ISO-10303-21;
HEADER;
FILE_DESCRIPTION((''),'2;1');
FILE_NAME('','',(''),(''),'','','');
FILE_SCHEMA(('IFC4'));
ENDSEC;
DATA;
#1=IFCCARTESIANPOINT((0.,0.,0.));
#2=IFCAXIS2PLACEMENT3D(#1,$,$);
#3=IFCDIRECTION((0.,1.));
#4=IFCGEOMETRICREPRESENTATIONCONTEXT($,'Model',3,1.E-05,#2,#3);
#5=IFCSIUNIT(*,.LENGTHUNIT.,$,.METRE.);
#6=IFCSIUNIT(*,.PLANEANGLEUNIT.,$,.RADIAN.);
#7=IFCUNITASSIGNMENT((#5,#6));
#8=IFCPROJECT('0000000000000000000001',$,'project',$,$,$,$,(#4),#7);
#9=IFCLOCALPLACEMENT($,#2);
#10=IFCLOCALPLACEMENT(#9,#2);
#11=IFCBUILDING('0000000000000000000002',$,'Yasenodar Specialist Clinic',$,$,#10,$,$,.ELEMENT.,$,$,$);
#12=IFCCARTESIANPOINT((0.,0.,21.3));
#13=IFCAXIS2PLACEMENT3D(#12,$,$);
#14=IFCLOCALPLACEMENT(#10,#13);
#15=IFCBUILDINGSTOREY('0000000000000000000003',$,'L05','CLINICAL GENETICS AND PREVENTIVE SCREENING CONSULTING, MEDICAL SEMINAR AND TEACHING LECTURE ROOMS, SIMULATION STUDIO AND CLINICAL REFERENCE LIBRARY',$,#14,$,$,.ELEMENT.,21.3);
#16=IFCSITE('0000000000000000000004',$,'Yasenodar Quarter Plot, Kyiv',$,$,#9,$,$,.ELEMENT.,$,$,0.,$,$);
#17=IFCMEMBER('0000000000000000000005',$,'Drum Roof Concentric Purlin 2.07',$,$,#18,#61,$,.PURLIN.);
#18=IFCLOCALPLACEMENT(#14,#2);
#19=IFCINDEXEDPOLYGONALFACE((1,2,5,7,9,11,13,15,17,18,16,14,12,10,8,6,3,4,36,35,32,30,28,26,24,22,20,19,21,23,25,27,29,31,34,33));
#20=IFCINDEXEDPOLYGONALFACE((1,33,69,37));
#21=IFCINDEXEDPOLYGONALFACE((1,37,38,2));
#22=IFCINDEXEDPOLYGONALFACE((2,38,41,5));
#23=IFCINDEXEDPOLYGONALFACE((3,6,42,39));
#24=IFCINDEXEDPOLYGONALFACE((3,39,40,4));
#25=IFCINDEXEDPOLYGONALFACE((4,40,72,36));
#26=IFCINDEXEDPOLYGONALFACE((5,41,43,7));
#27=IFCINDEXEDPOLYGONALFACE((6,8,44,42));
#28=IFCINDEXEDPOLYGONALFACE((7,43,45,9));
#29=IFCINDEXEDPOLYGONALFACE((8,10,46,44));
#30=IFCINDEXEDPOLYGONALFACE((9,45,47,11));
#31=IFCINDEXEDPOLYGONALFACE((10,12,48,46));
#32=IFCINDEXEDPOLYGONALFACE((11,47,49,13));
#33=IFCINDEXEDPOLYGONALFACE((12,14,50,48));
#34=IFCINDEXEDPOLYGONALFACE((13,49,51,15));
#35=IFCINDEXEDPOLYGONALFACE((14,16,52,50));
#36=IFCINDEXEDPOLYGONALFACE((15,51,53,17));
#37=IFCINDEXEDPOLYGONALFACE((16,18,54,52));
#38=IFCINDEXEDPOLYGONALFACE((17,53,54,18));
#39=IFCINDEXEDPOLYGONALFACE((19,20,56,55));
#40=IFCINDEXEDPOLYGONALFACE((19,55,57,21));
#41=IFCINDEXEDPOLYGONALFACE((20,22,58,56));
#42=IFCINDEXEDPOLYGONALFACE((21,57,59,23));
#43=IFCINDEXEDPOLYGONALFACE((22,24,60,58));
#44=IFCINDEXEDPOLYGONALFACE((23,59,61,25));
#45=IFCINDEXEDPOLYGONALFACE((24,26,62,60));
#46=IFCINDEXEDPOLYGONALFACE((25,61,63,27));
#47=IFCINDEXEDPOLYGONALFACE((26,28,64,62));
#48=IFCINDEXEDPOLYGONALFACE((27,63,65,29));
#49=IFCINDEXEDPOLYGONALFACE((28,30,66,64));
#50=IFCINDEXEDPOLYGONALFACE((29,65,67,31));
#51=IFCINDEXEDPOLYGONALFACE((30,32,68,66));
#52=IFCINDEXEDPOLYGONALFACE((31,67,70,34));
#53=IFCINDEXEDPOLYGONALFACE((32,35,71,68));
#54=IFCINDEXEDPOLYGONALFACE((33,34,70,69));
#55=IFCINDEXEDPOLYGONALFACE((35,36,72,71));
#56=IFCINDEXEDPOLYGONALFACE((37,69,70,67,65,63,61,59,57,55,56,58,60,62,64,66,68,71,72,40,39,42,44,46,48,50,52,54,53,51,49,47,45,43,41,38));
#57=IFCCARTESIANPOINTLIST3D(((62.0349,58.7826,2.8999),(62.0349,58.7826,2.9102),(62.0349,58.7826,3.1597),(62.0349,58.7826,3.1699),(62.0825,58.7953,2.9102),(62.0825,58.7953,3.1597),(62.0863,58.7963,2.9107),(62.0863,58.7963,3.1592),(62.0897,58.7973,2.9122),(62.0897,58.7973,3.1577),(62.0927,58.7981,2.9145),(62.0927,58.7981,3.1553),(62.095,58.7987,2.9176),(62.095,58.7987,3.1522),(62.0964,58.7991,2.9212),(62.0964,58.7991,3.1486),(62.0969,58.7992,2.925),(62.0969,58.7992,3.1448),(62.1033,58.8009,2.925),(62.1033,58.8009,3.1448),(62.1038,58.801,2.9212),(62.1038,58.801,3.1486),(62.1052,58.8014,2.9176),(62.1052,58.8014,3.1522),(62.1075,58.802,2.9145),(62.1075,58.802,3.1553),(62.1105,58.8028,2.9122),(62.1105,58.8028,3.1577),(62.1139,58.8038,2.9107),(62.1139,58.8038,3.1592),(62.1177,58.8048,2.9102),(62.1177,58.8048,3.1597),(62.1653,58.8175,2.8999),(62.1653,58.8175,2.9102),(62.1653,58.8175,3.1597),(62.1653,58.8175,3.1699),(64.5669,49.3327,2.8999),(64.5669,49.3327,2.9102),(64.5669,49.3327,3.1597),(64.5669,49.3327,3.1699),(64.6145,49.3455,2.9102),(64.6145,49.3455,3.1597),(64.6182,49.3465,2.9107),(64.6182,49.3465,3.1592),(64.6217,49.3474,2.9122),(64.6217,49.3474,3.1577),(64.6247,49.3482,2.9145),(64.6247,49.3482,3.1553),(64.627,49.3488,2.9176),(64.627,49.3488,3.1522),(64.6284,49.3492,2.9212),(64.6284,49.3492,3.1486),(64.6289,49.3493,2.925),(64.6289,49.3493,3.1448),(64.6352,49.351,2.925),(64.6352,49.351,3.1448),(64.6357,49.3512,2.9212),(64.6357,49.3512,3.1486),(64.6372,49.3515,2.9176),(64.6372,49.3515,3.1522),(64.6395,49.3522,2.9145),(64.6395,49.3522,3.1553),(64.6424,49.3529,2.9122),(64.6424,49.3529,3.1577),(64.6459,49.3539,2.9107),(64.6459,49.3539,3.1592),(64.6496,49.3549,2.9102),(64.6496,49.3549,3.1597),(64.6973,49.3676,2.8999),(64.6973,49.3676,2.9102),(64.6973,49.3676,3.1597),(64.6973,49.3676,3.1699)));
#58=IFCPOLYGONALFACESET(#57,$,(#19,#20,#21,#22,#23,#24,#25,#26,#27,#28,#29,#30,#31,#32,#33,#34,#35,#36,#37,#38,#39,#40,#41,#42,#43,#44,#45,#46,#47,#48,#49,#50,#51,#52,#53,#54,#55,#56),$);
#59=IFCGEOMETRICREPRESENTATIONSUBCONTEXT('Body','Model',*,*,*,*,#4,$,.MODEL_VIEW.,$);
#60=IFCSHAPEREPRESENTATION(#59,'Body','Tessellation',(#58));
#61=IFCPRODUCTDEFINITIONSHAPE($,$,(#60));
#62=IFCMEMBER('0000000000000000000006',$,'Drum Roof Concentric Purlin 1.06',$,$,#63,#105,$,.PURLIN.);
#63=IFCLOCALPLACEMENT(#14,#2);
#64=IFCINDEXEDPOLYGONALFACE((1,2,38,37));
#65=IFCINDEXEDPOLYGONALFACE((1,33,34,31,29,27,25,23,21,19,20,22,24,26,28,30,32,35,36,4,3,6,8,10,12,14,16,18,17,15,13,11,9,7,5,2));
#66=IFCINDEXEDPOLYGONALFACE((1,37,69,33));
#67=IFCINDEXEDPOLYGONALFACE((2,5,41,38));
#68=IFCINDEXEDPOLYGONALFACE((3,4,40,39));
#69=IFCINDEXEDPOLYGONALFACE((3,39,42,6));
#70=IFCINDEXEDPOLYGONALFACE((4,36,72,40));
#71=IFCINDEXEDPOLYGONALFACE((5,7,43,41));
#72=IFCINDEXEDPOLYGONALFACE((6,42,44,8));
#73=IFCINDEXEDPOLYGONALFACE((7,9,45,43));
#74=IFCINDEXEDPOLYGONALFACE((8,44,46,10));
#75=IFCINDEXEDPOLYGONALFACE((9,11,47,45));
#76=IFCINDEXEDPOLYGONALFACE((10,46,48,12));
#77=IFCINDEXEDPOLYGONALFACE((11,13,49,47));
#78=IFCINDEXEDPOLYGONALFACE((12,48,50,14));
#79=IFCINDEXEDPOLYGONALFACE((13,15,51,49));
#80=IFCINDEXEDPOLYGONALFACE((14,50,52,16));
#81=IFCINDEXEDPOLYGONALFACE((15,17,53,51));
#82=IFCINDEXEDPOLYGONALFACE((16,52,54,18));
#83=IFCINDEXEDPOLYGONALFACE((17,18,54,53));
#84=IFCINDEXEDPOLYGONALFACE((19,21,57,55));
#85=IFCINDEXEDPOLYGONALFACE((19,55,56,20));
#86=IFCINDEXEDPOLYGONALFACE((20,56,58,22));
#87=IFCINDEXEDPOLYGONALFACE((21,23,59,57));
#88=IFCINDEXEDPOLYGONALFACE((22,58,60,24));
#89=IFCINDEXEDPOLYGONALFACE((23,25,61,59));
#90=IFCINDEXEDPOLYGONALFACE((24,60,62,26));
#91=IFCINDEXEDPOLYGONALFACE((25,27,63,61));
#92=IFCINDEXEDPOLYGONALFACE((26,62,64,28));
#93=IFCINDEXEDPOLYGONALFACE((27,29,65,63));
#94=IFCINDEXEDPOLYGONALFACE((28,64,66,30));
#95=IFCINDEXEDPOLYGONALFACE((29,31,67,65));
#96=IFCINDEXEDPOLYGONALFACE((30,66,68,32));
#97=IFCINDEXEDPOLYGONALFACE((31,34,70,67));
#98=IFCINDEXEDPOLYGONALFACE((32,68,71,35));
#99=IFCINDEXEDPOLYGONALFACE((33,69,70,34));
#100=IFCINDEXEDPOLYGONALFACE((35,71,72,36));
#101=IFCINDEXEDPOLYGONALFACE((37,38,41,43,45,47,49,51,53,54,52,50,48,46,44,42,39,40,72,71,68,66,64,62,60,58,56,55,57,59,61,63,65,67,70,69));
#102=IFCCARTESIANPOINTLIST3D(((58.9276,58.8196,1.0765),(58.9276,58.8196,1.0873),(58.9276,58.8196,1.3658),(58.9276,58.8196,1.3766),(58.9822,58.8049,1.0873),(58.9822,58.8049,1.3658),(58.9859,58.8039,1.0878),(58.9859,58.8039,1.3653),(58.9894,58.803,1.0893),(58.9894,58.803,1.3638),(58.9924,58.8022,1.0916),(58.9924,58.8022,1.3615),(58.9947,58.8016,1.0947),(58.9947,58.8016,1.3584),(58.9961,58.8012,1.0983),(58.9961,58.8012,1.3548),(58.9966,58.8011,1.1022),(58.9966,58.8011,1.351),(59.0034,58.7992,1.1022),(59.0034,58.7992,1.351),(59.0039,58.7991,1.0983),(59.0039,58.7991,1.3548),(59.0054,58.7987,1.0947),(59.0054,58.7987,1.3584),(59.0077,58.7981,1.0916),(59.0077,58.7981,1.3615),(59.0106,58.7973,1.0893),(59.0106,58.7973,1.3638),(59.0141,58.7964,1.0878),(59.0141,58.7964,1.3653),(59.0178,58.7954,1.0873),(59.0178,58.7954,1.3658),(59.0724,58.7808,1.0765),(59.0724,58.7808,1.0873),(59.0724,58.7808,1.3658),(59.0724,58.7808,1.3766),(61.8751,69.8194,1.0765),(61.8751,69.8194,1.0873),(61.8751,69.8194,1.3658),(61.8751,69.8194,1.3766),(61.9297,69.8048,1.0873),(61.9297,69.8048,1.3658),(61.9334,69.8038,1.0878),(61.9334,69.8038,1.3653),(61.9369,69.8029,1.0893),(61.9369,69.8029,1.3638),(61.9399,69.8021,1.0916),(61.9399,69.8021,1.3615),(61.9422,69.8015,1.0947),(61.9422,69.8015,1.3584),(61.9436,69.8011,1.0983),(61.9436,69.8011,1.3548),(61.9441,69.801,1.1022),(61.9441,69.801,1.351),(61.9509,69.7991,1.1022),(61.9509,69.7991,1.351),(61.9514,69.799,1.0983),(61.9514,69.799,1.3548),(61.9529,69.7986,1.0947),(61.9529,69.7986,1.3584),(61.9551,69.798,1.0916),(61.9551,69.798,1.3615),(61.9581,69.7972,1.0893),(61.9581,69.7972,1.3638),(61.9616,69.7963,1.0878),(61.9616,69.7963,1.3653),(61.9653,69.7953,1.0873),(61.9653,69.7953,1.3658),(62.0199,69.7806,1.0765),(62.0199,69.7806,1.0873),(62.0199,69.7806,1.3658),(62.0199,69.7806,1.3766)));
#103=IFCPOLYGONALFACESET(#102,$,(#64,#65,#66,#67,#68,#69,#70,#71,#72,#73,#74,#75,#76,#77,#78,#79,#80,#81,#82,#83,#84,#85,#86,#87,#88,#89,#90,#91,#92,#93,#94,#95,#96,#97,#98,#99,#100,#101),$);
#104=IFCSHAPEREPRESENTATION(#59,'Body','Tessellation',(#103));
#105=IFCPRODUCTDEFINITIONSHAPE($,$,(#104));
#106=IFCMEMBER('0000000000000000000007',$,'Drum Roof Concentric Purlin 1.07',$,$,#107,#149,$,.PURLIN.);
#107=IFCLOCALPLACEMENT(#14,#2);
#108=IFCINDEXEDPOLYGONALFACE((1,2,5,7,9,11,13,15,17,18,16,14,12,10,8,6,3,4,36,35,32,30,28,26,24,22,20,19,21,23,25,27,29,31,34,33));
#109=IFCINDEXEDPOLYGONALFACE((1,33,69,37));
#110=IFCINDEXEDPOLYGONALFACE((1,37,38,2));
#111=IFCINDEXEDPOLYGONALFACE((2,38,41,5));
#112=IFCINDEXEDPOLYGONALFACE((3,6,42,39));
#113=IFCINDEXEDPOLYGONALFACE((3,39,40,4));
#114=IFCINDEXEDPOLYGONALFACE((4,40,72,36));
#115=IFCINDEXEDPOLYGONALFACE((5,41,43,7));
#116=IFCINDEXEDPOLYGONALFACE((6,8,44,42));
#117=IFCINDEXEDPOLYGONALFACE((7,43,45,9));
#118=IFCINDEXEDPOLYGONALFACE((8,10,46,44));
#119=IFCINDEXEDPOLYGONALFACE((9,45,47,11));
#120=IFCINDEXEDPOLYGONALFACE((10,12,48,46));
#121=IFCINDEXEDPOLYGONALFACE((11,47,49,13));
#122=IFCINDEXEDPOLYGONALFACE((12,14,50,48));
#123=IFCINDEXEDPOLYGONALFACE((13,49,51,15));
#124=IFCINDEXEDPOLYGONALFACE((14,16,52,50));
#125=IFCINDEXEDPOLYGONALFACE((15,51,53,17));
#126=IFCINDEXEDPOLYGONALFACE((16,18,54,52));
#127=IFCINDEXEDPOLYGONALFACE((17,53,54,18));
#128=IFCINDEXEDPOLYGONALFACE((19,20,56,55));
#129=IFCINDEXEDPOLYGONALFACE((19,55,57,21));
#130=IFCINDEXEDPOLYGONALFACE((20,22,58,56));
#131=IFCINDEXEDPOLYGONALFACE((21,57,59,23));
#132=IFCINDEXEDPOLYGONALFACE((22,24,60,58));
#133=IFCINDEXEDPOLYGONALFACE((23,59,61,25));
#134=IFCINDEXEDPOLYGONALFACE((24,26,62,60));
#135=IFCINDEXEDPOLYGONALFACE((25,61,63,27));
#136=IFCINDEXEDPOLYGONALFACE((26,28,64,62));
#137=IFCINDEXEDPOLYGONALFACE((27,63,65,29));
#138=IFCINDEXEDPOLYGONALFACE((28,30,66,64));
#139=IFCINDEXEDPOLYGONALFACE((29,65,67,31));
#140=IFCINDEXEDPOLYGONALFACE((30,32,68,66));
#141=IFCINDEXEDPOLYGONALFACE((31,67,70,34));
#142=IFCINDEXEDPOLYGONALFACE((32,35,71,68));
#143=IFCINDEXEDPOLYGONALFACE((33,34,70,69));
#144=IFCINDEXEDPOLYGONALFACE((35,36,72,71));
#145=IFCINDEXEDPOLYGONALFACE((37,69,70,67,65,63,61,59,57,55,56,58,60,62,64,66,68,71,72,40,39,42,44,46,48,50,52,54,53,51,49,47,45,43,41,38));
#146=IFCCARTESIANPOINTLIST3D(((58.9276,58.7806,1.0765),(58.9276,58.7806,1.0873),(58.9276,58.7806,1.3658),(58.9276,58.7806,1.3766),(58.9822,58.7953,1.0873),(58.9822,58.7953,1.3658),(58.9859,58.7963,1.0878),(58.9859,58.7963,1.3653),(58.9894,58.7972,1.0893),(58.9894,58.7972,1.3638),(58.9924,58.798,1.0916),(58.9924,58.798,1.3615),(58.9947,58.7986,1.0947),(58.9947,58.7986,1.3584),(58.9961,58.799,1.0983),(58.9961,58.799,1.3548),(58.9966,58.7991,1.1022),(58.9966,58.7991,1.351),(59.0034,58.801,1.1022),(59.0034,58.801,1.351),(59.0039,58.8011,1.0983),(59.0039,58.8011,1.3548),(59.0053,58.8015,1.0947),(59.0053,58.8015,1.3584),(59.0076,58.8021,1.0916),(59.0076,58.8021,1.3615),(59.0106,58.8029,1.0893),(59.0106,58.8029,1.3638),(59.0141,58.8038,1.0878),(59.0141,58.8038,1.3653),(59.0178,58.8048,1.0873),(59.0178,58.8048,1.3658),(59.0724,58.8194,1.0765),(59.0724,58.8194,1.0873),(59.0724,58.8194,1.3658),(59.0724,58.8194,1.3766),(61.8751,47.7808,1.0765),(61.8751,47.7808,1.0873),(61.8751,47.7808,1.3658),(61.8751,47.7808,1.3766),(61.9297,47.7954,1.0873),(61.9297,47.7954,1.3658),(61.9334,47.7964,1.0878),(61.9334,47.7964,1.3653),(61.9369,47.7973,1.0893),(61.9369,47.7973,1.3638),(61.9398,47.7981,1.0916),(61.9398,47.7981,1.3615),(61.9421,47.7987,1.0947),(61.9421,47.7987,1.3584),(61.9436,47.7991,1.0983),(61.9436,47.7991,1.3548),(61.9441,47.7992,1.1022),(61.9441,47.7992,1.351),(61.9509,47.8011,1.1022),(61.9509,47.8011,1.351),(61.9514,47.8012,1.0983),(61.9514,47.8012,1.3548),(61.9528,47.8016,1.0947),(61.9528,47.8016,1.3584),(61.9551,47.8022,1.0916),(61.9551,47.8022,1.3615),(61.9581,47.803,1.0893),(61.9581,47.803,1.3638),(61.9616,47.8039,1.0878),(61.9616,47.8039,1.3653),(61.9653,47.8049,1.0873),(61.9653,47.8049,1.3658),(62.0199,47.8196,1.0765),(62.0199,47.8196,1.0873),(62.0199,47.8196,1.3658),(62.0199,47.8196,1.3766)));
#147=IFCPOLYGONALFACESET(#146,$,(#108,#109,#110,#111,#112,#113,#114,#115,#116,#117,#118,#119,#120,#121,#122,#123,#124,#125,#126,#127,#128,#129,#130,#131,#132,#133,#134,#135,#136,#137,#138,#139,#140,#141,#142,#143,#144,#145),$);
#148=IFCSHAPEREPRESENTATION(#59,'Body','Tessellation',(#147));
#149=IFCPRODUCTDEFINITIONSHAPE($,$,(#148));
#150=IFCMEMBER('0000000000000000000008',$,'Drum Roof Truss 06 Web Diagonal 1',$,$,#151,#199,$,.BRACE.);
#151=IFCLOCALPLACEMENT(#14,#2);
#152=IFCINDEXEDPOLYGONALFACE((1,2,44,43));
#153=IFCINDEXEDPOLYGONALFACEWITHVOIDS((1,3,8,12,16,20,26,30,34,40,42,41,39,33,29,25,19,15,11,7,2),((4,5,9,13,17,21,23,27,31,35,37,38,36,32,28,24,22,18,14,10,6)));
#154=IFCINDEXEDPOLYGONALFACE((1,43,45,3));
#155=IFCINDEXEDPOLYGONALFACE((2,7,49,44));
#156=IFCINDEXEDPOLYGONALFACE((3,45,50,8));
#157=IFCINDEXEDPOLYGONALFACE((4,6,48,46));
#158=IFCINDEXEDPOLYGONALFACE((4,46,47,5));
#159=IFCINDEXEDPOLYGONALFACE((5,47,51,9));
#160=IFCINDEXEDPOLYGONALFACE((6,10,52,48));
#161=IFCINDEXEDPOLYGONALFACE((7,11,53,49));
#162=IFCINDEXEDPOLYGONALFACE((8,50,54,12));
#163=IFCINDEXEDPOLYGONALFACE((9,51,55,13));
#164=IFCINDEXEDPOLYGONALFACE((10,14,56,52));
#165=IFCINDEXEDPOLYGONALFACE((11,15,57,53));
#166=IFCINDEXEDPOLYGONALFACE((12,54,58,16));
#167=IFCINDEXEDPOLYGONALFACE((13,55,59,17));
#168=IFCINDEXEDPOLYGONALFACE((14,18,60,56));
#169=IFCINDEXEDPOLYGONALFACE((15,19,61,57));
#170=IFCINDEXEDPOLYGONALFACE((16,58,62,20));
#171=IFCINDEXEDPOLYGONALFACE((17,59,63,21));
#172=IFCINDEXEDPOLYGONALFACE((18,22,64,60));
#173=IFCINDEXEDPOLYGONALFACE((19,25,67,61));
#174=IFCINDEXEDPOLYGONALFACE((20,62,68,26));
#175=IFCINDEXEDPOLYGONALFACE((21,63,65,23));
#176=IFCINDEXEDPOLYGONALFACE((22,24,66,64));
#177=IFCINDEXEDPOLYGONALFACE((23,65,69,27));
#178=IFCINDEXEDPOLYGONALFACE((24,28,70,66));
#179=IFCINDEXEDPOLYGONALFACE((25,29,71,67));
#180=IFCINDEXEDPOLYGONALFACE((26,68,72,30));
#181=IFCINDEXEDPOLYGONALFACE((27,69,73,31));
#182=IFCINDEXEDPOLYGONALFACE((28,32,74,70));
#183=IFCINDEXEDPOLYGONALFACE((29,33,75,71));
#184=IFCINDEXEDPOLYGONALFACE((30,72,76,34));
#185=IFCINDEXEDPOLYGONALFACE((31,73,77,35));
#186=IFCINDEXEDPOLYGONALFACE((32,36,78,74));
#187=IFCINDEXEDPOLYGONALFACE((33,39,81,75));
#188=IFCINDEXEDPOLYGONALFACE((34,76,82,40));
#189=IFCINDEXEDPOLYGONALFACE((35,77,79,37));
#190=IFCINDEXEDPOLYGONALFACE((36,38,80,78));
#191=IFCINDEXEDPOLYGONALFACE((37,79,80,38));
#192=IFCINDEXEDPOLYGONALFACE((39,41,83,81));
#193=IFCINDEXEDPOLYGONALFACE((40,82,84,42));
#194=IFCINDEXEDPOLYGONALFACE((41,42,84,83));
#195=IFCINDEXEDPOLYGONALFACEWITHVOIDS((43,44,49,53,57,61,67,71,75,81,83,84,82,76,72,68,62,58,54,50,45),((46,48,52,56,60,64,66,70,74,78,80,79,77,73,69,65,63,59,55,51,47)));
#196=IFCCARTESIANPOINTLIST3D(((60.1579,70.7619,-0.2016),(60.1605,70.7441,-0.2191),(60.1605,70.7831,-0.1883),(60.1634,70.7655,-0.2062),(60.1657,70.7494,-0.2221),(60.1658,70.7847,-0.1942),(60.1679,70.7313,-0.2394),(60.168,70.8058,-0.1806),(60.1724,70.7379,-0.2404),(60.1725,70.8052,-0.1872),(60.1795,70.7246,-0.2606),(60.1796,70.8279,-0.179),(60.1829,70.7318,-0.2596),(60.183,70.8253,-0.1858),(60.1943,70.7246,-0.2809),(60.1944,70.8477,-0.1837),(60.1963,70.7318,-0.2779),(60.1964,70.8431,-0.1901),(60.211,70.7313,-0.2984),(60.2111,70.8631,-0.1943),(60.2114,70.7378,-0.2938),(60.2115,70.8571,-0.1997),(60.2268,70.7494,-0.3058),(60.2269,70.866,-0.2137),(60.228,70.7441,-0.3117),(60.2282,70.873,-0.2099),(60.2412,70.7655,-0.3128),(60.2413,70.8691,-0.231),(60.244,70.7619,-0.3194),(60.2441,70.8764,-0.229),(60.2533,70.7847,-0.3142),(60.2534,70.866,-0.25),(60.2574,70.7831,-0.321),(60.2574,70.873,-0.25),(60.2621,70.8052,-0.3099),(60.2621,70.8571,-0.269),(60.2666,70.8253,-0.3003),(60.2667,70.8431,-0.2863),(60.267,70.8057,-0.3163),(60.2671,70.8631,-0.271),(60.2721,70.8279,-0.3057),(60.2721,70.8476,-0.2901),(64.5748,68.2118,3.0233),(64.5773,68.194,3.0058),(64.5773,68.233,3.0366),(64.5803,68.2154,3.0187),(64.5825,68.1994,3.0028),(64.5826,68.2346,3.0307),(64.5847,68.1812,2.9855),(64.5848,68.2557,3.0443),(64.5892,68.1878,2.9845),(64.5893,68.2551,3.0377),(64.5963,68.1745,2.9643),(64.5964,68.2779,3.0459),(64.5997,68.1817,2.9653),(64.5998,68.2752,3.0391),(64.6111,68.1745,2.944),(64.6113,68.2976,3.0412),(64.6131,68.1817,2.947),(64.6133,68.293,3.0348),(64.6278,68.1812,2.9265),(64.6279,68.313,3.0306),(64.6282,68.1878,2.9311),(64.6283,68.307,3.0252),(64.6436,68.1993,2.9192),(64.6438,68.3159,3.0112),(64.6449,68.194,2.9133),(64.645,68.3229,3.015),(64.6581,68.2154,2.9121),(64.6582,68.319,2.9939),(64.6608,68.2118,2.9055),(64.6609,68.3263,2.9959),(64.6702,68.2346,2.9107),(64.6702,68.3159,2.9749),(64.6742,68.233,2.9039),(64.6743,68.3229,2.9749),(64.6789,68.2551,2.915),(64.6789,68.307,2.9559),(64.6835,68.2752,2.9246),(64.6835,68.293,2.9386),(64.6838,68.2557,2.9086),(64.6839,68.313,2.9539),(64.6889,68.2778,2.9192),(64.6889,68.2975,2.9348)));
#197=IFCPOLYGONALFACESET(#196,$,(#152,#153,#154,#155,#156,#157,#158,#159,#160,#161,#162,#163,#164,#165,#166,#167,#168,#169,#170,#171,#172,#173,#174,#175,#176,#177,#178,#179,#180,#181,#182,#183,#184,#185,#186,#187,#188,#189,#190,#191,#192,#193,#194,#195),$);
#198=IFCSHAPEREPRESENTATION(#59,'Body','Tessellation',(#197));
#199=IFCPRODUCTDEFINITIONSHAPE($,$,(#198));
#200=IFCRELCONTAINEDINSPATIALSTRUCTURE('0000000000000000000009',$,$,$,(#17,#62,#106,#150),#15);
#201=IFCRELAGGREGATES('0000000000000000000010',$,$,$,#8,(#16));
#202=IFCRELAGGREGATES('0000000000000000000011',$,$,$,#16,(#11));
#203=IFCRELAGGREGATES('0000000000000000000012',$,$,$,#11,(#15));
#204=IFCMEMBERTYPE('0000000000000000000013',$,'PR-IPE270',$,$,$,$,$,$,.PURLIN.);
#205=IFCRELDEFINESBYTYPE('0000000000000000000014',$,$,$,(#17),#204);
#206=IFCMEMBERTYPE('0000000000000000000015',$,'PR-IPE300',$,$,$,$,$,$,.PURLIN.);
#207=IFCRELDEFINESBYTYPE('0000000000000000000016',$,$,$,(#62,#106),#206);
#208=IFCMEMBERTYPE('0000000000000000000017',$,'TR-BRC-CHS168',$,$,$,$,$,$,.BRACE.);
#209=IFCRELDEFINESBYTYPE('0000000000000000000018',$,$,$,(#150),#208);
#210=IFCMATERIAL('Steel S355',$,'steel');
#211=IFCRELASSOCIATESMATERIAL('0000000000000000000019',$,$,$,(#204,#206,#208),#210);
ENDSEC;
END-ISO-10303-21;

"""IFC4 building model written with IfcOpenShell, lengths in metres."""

from ifc_helpers import new_model, si_unit, direction, frame, origin, origin_2d, place, context, subcontext, project, spatial, hollow_circle, i_section, extrude, material, material_profile, profile_set, type_object, element, save


model = new_model("IFC4")

# Units and contexts
model_context = context("Model", 3, precision=1e-05, world=origin(), true_north=direction((0.0, 1.0)))
body_context = subcontext(model_context, "Body", "Model", "MODEL_VIEW")
ifc_project = project(units=[si_unit("LENGTHUNIT", "METRE"), si_unit("PLANEANGLEUNIT", "RADIAN")], contexts=[model_context])

# Site, building, storey
site_placement = place(None, origin())
site = spatial("IfcSite", under=ifc_project, at=site_placement, Name="Yasenodar Quarter Plot, Kyiv", CompositionType="ELEMENT", RefElevation=0.0)
building_placement = place(site_placement, origin())
building = spatial("IfcBuilding", under=site, at=building_placement, Name="Yasenodar Specialist Clinic", CompositionType="ELEMENT")
storey_placement = place(building_placement, frame((0.0, 0.0, 21.3)))
storey = spatial("IfcBuildingStorey", under=building, at=storey_placement, Name="L05", Description="CLINICAL GENETICS AND PREVENTIVE SCREENING CONSULTING, MEDICAL SEMINAR AND TEACHING LECTURE ROOMS, SIMULATION STUDIO AND CLINICAL REFERENCE LIBRARY", CompositionType="ELEMENT", Elevation=21.3)

# Shared definitions
ifc_material_1 = material(Name="Steel S355", Category="steel")

# Members
ifc_material_profile_1 = material_profile(ifc_material_1, i_section(OverallWidth=0.135, OverallDepth=0.27, WebThickness=0.0066, FlangeThickness=0.0103, FilletRadius=0.0149, at=origin_2d()), Name="IPE 270")
ifc_profile_set_1 = profile_set([ifc_material_profile_1], Name="Steel S355")
member_type_1 = type_object("IfcMemberType", Name="PR-IPE270", PredefinedType="PURLIN", material=ifc_profile_set_1)
for number, where, z_axis, x_axis, name in (
    (1, (62.1001, 58.8, 3.0349), (0.258807, -0.965929, 0.0), (0.965929, 0.258807, 0.0), "Drum Roof Concentric Purlin 2.07"),
):
    element("IfcMember", number, at=place(storey_placement, frame(where, z_axis=z_axis, x_axis=x_axis)), inside=storey, type_object=member_type_1, Name=name, PredefinedType="PURLIN", context=body_context, shape_type="SweptSolid", body=[
        extrude(i_section(OverallWidth=0.135, OverallDepth=0.27, WebThickness=0.0066, FlangeThickness=0.0103, FilletRadius=0.0149, at=origin_2d()), origin(), (0.0, 0.0, 1.0), 9.7832),
    ])
ifc_material_profile_2 = material_profile(ifc_material_1, i_section(OverallWidth=0.1499, OverallDepth=0.3, WebThickness=0.0071, FlangeThickness=0.0107, FilletRadius=0.0149, at=origin_2d()), Name="IPE 300")
ifc_profile_set_2 = profile_set([ifc_material_profile_2], Name="Steel S355")
member_type_2 = type_object("IfcMemberType", Name="PR-IPE300", PredefinedType="PURLIN", material=ifc_profile_set_2)
for number, where, z_axis, x_axis, name in (
    (2, (61.9475, 69.8, 1.2266), (-0.258825, -0.965924, 0.0), (0.965924, -0.258825, 0.0), "Drum Roof Concentric Purlin 1.06"),
    (3, (59.0, 58.8, 1.2266), (0.258825, -0.965924, 0.0), (0.965924, 0.258825, 0.0), "Drum Roof Concentric Purlin 1.07"),
):
    element("IfcMember", number, at=place(storey_placement, frame(where, z_axis=z_axis, x_axis=x_axis)), inside=storey, type_object=member_type_2, Name=name, PredefinedType="PURLIN", context=body_context, shape_type="SweptSolid", body=[
        extrude(i_section(OverallWidth=0.1499, OverallDepth=0.3, WebThickness=0.0071, FlangeThickness=0.0107, FilletRadius=0.0149, at=origin_2d()), origin(), (0.0, 0.0, 1.0), 11.3879),
    ])
ifc_material_profile_3 = material_profile(ifc_material_1, hollow_circle(Radius=0.0842, WallThickness=0.0081, at=origin_2d()), Name="CHS 168.3x8")
ifc_profile_set_3 = profile_set([ifc_material_profile_3], Name="Steel S355")
member_type_3 = type_object("IfcMemberType", Name="TR-BRC-CHS168", PredefinedType="BRACE", material=ifc_profile_set_3)
member_1_placement = place(storey_placement, frame((60.2153, 70.8, -0.25), z_axis=(0.731967, -0.422608, 0.53444), x_axis=(0.500006, 0.866022, 0.0)))
element("IfcMember", 4, at=member_1_placement, inside=storey, type_object=member_type_3, Name="Drum Roof Truss 06 Web Diagonal 1", PredefinedType="BRACE", context=body_context, shape_type="SweptSolid", body=[
    extrude(hollow_circle(Radius=0.0842, WallThickness=0.0081, at=origin_2d()), origin(), (0.0, 0.0, 1.0), 6.0342),
])

save(model, "model.ifc")
